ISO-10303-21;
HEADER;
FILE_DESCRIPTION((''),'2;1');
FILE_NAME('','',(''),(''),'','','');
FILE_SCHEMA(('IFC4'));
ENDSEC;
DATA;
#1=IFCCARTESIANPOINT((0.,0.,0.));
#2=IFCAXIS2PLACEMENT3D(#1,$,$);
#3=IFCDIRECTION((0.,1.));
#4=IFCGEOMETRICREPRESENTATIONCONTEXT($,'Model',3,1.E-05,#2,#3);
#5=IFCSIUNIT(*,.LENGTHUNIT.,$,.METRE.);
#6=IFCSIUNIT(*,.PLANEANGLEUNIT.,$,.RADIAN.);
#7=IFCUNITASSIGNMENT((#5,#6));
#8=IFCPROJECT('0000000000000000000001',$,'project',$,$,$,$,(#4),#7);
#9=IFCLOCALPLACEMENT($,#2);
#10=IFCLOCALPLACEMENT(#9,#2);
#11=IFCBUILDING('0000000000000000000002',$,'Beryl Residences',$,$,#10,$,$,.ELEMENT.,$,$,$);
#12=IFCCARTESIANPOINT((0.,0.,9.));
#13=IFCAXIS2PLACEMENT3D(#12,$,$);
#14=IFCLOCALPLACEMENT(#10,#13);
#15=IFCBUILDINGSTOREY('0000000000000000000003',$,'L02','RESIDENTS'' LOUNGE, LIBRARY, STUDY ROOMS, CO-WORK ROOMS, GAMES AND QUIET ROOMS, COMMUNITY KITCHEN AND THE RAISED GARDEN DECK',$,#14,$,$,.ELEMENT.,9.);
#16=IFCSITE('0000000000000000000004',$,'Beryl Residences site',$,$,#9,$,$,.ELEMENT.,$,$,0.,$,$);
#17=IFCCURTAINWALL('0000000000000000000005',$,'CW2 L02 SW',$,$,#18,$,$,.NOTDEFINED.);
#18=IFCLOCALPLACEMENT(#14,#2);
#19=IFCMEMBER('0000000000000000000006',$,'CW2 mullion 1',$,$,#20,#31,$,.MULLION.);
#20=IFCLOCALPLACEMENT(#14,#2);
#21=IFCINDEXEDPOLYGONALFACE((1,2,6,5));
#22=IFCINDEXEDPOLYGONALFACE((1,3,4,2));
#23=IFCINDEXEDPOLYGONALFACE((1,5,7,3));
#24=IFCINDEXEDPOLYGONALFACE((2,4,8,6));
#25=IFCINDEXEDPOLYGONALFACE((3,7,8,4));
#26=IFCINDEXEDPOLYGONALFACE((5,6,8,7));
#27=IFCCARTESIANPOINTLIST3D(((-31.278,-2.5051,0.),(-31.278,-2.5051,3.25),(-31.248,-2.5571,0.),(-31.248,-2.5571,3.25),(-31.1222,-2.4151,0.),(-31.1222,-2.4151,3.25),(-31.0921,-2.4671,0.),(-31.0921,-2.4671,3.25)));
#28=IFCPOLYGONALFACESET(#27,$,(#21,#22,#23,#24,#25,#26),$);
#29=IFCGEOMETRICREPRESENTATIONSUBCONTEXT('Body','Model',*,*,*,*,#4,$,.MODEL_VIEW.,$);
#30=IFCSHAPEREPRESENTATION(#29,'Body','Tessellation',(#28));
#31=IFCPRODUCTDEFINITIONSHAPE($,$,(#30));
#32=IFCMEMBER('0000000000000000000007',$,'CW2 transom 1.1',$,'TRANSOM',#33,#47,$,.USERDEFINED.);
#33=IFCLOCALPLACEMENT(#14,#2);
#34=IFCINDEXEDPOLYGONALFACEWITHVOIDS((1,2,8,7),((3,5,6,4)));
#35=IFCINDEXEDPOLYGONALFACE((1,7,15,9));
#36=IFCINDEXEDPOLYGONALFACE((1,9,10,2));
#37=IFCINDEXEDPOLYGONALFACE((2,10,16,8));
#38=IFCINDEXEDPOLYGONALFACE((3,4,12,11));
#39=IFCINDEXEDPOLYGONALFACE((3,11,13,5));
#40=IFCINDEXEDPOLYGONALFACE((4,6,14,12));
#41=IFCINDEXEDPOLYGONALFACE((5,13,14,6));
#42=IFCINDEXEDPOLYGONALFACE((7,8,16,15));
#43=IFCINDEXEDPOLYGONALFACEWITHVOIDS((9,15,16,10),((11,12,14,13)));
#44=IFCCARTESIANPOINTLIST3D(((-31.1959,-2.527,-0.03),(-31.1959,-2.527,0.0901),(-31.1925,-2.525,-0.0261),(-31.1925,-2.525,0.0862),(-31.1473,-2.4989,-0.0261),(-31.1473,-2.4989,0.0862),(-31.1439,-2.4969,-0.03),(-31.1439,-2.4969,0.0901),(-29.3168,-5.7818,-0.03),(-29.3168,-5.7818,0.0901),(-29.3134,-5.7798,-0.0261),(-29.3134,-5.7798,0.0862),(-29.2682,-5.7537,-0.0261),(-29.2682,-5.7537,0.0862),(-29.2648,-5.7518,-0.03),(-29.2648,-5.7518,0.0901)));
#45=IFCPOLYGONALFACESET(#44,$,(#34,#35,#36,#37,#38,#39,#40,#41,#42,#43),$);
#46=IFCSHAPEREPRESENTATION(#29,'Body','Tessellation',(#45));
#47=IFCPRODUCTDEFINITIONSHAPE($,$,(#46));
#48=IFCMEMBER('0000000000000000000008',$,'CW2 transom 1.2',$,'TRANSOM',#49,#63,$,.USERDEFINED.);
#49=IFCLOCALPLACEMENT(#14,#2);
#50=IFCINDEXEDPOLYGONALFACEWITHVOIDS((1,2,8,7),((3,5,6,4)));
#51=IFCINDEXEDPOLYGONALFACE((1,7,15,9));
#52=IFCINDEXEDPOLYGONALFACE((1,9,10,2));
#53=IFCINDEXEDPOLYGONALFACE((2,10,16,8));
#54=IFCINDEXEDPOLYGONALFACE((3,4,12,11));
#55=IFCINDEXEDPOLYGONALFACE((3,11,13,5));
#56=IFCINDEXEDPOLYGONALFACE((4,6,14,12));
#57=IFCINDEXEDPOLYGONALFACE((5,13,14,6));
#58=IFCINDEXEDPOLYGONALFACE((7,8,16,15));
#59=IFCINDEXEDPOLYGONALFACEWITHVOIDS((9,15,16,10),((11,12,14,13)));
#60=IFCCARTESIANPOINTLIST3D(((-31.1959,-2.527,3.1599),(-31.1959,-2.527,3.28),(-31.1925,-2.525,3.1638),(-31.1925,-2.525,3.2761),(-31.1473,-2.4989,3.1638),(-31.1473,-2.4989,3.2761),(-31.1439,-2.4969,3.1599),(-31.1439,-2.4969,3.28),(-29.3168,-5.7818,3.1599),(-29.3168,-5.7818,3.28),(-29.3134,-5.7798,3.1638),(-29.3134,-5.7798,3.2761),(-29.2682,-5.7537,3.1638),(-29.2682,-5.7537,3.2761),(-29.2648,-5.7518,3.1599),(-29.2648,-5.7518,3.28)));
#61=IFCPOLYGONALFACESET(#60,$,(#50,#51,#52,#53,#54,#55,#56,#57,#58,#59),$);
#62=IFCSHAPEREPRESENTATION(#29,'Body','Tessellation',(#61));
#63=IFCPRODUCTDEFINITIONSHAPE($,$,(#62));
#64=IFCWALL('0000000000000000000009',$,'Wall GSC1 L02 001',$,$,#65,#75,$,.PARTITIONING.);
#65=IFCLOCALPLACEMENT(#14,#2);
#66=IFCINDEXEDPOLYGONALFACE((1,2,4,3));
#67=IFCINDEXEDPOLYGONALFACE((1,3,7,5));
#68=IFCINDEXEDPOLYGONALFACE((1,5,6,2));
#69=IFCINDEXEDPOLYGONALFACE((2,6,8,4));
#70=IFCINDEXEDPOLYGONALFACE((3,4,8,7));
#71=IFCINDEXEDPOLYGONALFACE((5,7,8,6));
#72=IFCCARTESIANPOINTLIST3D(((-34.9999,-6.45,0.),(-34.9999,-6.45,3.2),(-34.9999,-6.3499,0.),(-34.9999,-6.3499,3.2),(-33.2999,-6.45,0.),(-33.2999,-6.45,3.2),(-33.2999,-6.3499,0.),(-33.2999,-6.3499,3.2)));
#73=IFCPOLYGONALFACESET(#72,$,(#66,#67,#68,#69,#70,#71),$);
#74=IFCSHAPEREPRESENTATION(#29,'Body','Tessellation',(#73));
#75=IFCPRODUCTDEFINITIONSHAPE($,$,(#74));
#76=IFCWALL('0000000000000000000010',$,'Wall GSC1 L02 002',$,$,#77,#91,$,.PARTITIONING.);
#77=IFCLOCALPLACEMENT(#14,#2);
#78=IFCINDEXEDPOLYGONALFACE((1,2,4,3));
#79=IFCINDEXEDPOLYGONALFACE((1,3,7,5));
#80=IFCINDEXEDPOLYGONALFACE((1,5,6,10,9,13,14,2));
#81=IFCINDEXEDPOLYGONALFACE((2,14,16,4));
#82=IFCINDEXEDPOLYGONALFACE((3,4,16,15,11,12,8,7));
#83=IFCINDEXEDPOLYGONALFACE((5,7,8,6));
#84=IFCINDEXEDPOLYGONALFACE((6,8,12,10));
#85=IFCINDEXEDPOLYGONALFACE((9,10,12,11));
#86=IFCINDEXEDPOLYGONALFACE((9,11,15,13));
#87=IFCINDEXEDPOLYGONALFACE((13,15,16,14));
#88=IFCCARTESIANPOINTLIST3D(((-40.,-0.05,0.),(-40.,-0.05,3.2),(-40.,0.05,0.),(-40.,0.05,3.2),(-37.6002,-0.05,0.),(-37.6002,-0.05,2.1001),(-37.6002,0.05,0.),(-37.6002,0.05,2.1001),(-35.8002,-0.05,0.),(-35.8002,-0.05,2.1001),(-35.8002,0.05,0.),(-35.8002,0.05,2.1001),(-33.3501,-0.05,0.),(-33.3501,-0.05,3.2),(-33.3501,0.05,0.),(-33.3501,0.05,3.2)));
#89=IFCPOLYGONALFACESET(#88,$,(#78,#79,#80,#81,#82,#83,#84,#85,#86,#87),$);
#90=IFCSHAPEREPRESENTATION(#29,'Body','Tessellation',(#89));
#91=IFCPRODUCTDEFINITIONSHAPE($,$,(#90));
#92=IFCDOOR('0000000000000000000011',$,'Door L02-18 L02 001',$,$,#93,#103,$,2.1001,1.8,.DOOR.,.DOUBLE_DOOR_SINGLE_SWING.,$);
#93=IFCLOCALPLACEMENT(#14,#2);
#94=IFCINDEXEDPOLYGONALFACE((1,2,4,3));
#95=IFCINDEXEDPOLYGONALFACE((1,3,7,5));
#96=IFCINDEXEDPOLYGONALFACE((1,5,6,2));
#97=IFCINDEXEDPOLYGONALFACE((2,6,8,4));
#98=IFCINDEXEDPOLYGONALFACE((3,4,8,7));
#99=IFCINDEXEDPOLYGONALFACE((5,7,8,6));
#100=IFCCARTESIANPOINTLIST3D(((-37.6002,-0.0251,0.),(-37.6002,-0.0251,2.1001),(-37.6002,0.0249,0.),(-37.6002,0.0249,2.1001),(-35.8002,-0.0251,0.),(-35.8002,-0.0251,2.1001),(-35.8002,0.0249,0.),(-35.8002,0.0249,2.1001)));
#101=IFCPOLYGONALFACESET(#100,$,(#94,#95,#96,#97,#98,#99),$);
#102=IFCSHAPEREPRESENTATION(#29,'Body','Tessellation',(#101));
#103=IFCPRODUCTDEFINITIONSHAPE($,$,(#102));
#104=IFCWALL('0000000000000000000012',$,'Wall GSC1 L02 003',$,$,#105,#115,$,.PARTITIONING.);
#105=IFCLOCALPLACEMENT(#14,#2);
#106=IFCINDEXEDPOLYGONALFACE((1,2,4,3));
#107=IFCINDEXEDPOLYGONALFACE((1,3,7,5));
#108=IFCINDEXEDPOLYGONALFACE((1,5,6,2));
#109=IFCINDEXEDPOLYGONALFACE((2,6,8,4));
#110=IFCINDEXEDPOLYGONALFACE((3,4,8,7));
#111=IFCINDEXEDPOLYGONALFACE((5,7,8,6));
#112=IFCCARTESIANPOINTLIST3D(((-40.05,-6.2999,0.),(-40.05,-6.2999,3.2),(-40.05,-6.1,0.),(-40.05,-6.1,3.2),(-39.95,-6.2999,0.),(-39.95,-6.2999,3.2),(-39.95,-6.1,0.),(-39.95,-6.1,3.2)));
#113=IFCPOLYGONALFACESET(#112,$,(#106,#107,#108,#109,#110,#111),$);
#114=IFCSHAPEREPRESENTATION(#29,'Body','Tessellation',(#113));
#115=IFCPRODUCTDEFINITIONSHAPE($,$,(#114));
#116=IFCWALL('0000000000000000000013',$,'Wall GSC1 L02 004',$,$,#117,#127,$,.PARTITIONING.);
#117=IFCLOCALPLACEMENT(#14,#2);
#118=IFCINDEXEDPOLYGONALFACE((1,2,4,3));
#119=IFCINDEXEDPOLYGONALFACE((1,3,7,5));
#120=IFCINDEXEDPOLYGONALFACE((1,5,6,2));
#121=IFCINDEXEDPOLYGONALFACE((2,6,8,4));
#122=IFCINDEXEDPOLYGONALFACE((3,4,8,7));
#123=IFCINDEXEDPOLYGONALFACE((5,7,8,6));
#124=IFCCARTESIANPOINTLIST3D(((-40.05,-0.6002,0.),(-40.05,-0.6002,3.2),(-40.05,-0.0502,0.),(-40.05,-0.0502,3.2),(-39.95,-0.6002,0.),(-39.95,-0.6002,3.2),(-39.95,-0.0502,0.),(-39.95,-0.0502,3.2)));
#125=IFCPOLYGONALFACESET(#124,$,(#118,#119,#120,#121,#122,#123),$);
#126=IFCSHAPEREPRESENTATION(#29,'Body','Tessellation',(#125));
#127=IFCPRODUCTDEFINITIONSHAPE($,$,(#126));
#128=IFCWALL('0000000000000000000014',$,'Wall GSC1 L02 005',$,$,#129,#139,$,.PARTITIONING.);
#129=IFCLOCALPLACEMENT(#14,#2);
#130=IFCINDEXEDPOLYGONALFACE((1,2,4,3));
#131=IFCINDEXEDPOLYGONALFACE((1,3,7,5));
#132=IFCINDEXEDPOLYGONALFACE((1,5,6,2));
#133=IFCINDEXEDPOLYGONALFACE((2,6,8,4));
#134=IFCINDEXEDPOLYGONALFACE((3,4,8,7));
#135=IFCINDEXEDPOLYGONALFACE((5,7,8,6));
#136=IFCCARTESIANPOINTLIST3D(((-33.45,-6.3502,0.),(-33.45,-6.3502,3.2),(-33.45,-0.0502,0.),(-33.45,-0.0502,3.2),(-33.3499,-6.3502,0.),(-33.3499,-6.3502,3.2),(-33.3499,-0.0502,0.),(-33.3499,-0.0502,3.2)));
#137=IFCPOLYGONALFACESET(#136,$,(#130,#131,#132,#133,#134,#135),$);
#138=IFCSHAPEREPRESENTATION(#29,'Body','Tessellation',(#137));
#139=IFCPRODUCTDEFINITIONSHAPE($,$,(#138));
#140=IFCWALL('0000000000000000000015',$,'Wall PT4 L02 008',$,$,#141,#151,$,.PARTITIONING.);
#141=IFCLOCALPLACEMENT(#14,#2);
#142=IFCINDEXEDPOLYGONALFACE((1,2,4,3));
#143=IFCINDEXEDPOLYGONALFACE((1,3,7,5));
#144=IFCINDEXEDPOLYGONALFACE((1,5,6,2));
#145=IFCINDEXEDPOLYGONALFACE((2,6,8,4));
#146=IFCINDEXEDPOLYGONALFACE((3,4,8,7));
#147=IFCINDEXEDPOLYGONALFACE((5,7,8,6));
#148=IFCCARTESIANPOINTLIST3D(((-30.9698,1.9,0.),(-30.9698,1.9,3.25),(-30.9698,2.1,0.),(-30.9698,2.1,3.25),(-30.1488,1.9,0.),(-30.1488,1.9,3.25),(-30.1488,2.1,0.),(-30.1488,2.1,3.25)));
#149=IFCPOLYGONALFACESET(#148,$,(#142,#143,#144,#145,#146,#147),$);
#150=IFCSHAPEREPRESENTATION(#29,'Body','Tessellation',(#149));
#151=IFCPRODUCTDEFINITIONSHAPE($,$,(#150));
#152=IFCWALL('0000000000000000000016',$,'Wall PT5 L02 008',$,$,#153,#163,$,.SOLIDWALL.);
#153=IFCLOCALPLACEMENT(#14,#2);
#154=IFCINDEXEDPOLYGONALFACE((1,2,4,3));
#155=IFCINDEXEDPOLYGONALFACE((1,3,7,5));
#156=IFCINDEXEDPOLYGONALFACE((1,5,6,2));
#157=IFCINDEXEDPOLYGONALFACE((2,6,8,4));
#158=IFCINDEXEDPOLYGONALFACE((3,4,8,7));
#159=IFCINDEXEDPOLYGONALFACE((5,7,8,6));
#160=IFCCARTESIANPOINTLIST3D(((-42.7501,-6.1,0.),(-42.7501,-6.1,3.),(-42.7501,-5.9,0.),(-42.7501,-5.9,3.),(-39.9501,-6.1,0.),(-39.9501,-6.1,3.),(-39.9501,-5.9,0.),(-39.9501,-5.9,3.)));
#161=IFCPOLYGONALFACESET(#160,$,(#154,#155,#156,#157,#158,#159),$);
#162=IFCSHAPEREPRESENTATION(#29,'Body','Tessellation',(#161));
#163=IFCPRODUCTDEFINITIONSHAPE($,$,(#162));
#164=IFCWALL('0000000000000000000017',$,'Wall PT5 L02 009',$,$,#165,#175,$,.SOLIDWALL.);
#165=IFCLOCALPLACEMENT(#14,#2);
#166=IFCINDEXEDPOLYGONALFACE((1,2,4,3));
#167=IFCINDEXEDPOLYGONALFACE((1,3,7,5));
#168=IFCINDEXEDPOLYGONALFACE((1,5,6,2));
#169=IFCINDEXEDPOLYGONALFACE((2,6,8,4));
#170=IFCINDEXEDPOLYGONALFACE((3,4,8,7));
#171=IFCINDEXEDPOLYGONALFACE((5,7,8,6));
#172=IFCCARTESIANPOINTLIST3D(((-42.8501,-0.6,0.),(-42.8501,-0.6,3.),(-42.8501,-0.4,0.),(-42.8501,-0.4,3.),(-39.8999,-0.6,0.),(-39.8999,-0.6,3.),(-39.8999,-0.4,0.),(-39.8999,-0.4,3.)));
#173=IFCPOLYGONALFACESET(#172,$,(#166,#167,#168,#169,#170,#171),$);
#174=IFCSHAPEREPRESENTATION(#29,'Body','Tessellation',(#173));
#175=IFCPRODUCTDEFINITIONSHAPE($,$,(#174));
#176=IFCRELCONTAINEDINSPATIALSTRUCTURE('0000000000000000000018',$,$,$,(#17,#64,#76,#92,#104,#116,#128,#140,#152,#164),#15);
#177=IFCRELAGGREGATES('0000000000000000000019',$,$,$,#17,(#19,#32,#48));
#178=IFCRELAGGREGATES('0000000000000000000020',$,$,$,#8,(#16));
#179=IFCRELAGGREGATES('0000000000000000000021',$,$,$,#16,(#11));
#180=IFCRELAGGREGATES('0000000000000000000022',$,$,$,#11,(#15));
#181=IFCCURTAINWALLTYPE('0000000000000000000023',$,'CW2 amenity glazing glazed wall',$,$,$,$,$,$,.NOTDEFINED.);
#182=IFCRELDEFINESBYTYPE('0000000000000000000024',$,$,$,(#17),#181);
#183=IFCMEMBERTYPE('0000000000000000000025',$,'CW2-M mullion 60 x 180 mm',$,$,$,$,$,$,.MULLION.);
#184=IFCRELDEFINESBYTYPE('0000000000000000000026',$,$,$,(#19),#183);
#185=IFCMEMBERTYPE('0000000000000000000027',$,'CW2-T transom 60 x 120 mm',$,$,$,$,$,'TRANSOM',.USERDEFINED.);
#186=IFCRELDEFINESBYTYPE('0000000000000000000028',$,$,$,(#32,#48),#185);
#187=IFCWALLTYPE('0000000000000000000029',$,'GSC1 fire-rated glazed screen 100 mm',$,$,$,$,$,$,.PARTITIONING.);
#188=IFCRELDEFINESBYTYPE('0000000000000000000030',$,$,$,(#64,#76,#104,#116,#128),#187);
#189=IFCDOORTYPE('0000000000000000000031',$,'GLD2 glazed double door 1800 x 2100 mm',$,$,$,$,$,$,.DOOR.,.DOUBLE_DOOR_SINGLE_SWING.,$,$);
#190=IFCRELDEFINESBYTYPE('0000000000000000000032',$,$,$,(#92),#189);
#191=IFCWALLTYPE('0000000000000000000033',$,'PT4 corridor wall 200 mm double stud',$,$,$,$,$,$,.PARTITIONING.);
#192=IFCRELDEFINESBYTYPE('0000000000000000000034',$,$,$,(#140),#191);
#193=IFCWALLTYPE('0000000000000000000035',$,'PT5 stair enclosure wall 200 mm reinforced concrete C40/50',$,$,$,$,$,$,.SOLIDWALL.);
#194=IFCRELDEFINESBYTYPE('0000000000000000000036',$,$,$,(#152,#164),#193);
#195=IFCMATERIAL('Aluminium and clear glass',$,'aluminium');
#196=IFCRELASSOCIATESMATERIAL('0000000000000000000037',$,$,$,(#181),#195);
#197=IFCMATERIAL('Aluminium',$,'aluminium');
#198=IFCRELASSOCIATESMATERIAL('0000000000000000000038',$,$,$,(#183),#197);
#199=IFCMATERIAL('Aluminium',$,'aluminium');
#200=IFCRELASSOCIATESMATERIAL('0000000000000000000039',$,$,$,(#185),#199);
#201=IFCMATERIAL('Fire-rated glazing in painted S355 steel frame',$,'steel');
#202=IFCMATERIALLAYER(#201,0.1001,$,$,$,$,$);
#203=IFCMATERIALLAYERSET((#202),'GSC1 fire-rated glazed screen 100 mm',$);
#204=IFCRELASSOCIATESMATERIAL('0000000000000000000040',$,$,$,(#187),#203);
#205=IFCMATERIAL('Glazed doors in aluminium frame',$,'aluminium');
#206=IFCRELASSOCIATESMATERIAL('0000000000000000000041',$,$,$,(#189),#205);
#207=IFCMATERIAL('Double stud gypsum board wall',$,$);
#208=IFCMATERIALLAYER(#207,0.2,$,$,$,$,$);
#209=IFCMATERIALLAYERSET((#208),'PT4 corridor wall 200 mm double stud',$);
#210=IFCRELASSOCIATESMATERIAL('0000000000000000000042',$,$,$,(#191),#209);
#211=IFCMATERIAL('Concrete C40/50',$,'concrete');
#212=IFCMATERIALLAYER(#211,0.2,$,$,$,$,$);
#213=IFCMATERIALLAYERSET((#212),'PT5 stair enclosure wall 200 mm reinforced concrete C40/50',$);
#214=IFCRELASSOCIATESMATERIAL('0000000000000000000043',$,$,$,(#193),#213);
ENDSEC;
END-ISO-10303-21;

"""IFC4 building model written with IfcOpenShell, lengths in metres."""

from ifc_helpers import new_model, si_unit, direction, frame, frame_2d, origin, origin_2d, place, context, subcontext, project, spatial, rectangle, hollow_rectangle, extrude, material, layer, layer_set, material_profile, profile_set, type_object, element, fill, aggregate, save


model = new_model("IFC4")

# Units and contexts
model_context = context("Model", 3, precision=1e-05, world=origin(), true_north=direction((0.0, 1.0)))
body_context = subcontext(model_context, "Body", "Model", "MODEL_VIEW")
ifc_project = project(units=[si_unit("LENGTHUNIT", "METRE"), si_unit("PLANEANGLEUNIT", "RADIAN")], contexts=[model_context])

# Site, building, storey
site_placement = place(None, origin())
site = spatial("IfcSite", under=ifc_project, at=site_placement, Name="Beryl Residences site", CompositionType="ELEMENT", RefElevation=0.0)
building_placement = place(site_placement, origin())
building = spatial("IfcBuilding", under=site, at=building_placement, Name="Beryl Residences", CompositionType="ELEMENT")
storey_placement = place(building_placement, frame((0.0, 0.0, 9.0)))
storey = spatial("IfcBuildingStorey", under=building, at=storey_placement, Name="L02", Description="RESIDENTS' LOUNGE, LIBRARY, STUDY ROOMS, CO-WORK ROOMS, GAMES AND QUIET ROOMS, COMMUNITY KITCHEN AND THE RAISED GARDEN DECK", CompositionType="ELEMENT", Elevation=9.0)

# Curtain wall, members
ifc_material_1 = material(Name="Aluminium and clear glass", Category="aluminium")
curtain_wall_type = type_object("IfcCurtainWallType", Name="CW2 amenity glazing glazed wall", PredefinedType="NOTDEFINED", material=ifc_material_1)
curtain_wall_placement = place(storey_placement, origin())
curtain_wall = element("IfcCurtainWall", 1, at=curtain_wall_placement, inside=storey, type_object=curtain_wall_type, Name="CW2 L02 SW", PredefinedType="NOTDEFINED")
ifc_material_2 = material(Name="Aluminium", Category="aluminium")
ifc_material_profile_1 = material_profile(ifc_material_2, rectangle(XDim=0.0601, YDim=0.1799, at=origin_2d()))
ifc_profile_set_1 = profile_set([ifc_material_profile_1], Name="Aluminium")
member_type_1 = type_object("IfcMemberType", Name="CW2-M mullion 60 x 180 mm", PredefinedType="MULLION", material=ifc_profile_set_1)
member_1_placement = place(storey_placement, frame((-31.1851, -2.4861, 0.0), z_axis=(0.0, 0.0, 1.0), x_axis=(0.500012, -0.866019, 0.0)))
member_1 = element("IfcMember", 2, at=member_1_placement, type_object=member_type_1, Name="CW2 mullion 1", PredefinedType="MULLION", context=body_context, shape_type="SweptSolid", body=[
    extrude(rectangle(XDim=0.0601, YDim=0.1799, at=origin_2d()), origin(), (0.0, 0.0, 1.0), 3.25),
])
ifc_material_3 = material(Name="Aluminium", Category="aluminium")
ifc_material_profile_2 = material_profile(ifc_material_3, hollow_rectangle(XDim=0.0601, YDim=0.1201, WallThickness=0.0039, at=origin_2d()))
ifc_profile_set_2 = profile_set([ifc_material_profile_2], Name="Aluminium")
member_type_2 = type_object("IfcMemberType", Name="CW2-T transom 60 x 120 mm", ElementType="TRANSOM", PredefinedType="USERDEFINED", material=ifc_profile_set_2)
member_2_placement = place(storey_placement, frame((-31.1699, -2.512, 0.03), z_axis=(0.499989, -0.866032, 0.0), x_axis=(0.866032, 0.499989, 0.0)))
member_2 = element("IfcMember", 3, at=member_2_placement, type_object=member_type_2, Name="CW2 transom 1.1", ObjectType="TRANSOM", PredefinedType="USERDEFINED", context=body_context, shape_type="SweptSolid", body=[
    extrude(hollow_rectangle(XDim=0.0601, YDim=0.1201, WallThickness=0.0039, at=origin_2d()), origin(), (0.0, 0.0, 1.0), 3.7583),
])
member_3_placement = place(storey_placement, frame((-31.1699, -2.512, 3.22), z_axis=(0.499989, -0.866032, 0.0), x_axis=(0.866032, 0.499989, 0.0)))
member_3 = element("IfcMember", 4, at=member_3_placement, type_object=member_type_2, Name="CW2 transom 1.2", ObjectType="TRANSOM", PredefinedType="USERDEFINED", context=body_context, shape_type="SweptSolid", body=[
    extrude(hollow_rectangle(XDim=0.0601, YDim=0.1201, WallThickness=0.0039, at=origin_2d()), origin(), (0.0, 0.0, 1.0), 3.7583),
])
aggregate(curtain_wall, [member_1, member_2, member_3])

# Wall
ifc_material_4 = material(Name="Fire-rated glazing in painted S355 steel frame", Category="steel")
ifc_layer_1 = layer(ifc_material_4, 0.1001)
ifc_layer_set_1 = layer_set([ifc_layer_1], Name="GSC1 fire-rated glazed screen 100 mm")
wall_type_1 = type_object("IfcWallType", Name="GSC1 fire-rated glazed screen 100 mm", PredefinedType="PARTITIONING", material=ifc_layer_set_1)
wall_1_placement = place(storey_placement, frame((-35.0, -6.3999, 0.0), z_axis=(0.0, 0.0, 1.0), x_axis=(1.0, 0.0, 0.0)))
element("IfcWall", 5, at=wall_1_placement, inside=storey, type_object=wall_type_1, Name="Wall GSC1 L02 001", PredefinedType="PARTITIONING", context=body_context, shape_type="SweptSolid", body=[
    extrude(rectangle(XDim=1.7, YDim=0.1001, at=frame_2d((0.8501, 0.0))), origin(), (0.0, 0.0, 1.0), 3.2),
])

# Wall, opening, door
wall_2_placement = place(storey_placement, frame((-40.0, 0.0, 0.0), z_axis=(0.0, 0.0, 1.0), x_axis=(1.0, 0.0, 0.0)))
wall_2 = element("IfcWall", 6, at=wall_2_placement, inside=storey, type_object=wall_type_1, Name="Wall GSC1 L02 002", PredefinedType="PARTITIONING", context=body_context, shape_type="SweptSolid", body=[
    extrude(rectangle(XDim=6.6499, YDim=0.1001, at=frame_2d((3.325, 0.0))), origin(), (0.0, 0.0, 1.0), 3.2),
])
opening_1_placement = place(wall_2_placement, frame((2.3999, 0.0, 0.0)))
opening_1 = element("IfcOpeningElement", 7, at=opening_1_placement, cuts=wall_2, PredefinedType="OPENING", context=body_context, shape_type="SweptSolid", body=[
    extrude(rectangle(XDim=1.8, YDim=2.1001, at=frame_2d((0.8999, 1.05))), frame((0.0, 0.0601, 0.0), z_axis=(0.0, -1.0, 0.0), x_axis=(1.0, 0.0, 0.0)), (0.0, 0.0, 1.0), 0.1201),
])
ifc_material_5 = material(Name="Glazed doors in aluminium frame", Category="aluminium")
door_type_1 = type_object("IfcDoorType", Name="GLD2 glazed double door 1800 x 2100 mm", OperationType="DOUBLE_DOOR_SINGLE_SWING", PredefinedType="DOOR", material=ifc_material_5)
door_1_placement = place(opening_1_placement, origin())
door_1 = element("IfcDoor", 8, at=door_1_placement, inside=storey, type_object=door_type_1, Name="Door L02-18 L02 001", OperationType="DOUBLE_DOOR_SINGLE_SWING", OverallHeight=2.1001, OverallWidth=1.8, PredefinedType="DOOR", context=body_context, shape_type="SweptSolid", body=[
    extrude(rectangle(XDim=1.8, YDim=2.1001, at=frame_2d((0.8999, 1.05))), frame((0.0, 0.0249, 0.0), z_axis=(0.0, -1.0, 0.0), x_axis=(1.0, 0.0, 0.0)), (0.0, 0.0, 1.0), 0.05),
])
fill(opening_1, door_1)

# Walls
wall_3_placement = place(storey_placement, frame((-40.0, -6.3, 0.0), z_axis=(0.0, 0.0, 1.0), x_axis=(0.0, 1.0, 0.0)))
element("IfcWall", 9, at=wall_3_placement, inside=storey, type_object=wall_type_1, Name="Wall GSC1 L02 003", PredefinedType="PARTITIONING", context=body_context, shape_type="SweptSolid", body=[
    extrude(rectangle(XDim=0.2, YDim=0.1001, at=frame_2d((0.1001, 0.0))), origin(), (0.0, 0.0, 1.0), 3.2),
])
wall_4_placement = place(storey_placement, frame((-40.0, -0.6001, 0.0), z_axis=(0.0, 0.0, 1.0), x_axis=(0.0, 1.0, 0.0)))
element("IfcWall", 10, at=wall_4_placement, inside=storey, type_object=wall_type_1, Name="Wall GSC1 L02 004", PredefinedType="PARTITIONING", context=body_context, shape_type="SweptSolid", body=[
    extrude(rectangle(XDim=0.55, YDim=0.1001, at=frame_2d((0.2749, 0.0))), origin(), (0.0, 0.0, 1.0), 3.2),
])
wall_5_placement = place(storey_placement, frame((-33.3999, -6.3501, 0.0), z_axis=(0.0, 0.0, 1.0), x_axis=(0.0, 1.0, 0.0)))
element("IfcWall", 11, at=wall_5_placement, inside=storey, type_object=wall_type_1, Name="Wall GSC1 L02 005", PredefinedType="PARTITIONING", context=body_context, shape_type="SweptSolid", body=[
    extrude(rectangle(XDim=6.3, YDim=0.1001, at=frame_2d((3.1499, 0.0))), origin(), (0.0, 0.0, 1.0), 3.2),
])
ifc_material_6 = material(Name="Double stud gypsum board wall")
ifc_layer_2 = layer(ifc_material_6, 0.2)
ifc_layer_set_2 = layer_set([ifc_layer_2], Name="PT4 corridor wall 200 mm double stud")
wall_type_2 = type_object("IfcWallType", Name="PT4 corridor wall 200 mm double stud", PredefinedType="PARTITIONING", material=ifc_layer_set_2)
wall_6_placement = place(storey_placement, frame((-30.97, 2.0, 0.0), z_axis=(0.0, 0.0, 1.0), x_axis=(1.0, 0.0, 0.0)))
element("IfcWall", 12, at=wall_6_placement, inside=storey, type_object=wall_type_2, Name="Wall PT4 L02 008", PredefinedType="PARTITIONING", context=body_context, shape_type="SweptSolid", body=[
    extrude(rectangle(XDim=0.821, YDim=0.2, at=frame_2d((0.4106, 0.0))), origin(), (0.0, 0.0, 1.0), 3.25),
])
ifc_material_7 = material(Name="Concrete C40/50", Category="concrete")
ifc_layer_3 = layer(ifc_material_7, 0.2)
ifc_layer_set_3 = layer_set([ifc_layer_3], Name="PT5 stair enclosure wall 200 mm reinforced concrete C40/50")
wall_type_3 = type_object("IfcWallType", Name="PT5 stair enclosure wall 200 mm reinforced concrete C40/50", PredefinedType="SOLIDWALL", material=ifc_layer_set_3)
wall_7_placement = place(storey_placement, frame((-42.75, -6.0, 0.0), z_axis=(0.0, 0.0, 1.0), x_axis=(1.0, 0.0, 0.0)))
element("IfcWall", 13, at=wall_7_placement, inside=storey, type_object=wall_type_3, Name="Wall PT5 L02 008", PredefinedType="SOLIDWALL", context=body_context, shape_type="SweptSolid", body=[
    extrude(rectangle(XDim=2.8, YDim=0.2, at=frame_2d((1.3999, 0.0))), origin(), (0.0, 0.0, 1.0), 3.0),
])
wall_8_placement = place(storey_placement, frame((-42.8501, -0.5, 0.0), z_axis=(0.0, 0.0, 1.0), x_axis=(1.0, 0.0, 0.0)))
element("IfcWall", 14, at=wall_8_placement, inside=storey, type_object=wall_type_3, Name="Wall PT5 L02 009", PredefinedType="SOLIDWALL", context=body_context, shape_type="SweptSolid", body=[
    extrude(rectangle(XDim=2.9502, YDim=0.2, at=frame_2d((1.4751, 0.0))), origin(), (0.0, 0.0, 1.0), 3.0),
])

save(model, "model.ifc")
